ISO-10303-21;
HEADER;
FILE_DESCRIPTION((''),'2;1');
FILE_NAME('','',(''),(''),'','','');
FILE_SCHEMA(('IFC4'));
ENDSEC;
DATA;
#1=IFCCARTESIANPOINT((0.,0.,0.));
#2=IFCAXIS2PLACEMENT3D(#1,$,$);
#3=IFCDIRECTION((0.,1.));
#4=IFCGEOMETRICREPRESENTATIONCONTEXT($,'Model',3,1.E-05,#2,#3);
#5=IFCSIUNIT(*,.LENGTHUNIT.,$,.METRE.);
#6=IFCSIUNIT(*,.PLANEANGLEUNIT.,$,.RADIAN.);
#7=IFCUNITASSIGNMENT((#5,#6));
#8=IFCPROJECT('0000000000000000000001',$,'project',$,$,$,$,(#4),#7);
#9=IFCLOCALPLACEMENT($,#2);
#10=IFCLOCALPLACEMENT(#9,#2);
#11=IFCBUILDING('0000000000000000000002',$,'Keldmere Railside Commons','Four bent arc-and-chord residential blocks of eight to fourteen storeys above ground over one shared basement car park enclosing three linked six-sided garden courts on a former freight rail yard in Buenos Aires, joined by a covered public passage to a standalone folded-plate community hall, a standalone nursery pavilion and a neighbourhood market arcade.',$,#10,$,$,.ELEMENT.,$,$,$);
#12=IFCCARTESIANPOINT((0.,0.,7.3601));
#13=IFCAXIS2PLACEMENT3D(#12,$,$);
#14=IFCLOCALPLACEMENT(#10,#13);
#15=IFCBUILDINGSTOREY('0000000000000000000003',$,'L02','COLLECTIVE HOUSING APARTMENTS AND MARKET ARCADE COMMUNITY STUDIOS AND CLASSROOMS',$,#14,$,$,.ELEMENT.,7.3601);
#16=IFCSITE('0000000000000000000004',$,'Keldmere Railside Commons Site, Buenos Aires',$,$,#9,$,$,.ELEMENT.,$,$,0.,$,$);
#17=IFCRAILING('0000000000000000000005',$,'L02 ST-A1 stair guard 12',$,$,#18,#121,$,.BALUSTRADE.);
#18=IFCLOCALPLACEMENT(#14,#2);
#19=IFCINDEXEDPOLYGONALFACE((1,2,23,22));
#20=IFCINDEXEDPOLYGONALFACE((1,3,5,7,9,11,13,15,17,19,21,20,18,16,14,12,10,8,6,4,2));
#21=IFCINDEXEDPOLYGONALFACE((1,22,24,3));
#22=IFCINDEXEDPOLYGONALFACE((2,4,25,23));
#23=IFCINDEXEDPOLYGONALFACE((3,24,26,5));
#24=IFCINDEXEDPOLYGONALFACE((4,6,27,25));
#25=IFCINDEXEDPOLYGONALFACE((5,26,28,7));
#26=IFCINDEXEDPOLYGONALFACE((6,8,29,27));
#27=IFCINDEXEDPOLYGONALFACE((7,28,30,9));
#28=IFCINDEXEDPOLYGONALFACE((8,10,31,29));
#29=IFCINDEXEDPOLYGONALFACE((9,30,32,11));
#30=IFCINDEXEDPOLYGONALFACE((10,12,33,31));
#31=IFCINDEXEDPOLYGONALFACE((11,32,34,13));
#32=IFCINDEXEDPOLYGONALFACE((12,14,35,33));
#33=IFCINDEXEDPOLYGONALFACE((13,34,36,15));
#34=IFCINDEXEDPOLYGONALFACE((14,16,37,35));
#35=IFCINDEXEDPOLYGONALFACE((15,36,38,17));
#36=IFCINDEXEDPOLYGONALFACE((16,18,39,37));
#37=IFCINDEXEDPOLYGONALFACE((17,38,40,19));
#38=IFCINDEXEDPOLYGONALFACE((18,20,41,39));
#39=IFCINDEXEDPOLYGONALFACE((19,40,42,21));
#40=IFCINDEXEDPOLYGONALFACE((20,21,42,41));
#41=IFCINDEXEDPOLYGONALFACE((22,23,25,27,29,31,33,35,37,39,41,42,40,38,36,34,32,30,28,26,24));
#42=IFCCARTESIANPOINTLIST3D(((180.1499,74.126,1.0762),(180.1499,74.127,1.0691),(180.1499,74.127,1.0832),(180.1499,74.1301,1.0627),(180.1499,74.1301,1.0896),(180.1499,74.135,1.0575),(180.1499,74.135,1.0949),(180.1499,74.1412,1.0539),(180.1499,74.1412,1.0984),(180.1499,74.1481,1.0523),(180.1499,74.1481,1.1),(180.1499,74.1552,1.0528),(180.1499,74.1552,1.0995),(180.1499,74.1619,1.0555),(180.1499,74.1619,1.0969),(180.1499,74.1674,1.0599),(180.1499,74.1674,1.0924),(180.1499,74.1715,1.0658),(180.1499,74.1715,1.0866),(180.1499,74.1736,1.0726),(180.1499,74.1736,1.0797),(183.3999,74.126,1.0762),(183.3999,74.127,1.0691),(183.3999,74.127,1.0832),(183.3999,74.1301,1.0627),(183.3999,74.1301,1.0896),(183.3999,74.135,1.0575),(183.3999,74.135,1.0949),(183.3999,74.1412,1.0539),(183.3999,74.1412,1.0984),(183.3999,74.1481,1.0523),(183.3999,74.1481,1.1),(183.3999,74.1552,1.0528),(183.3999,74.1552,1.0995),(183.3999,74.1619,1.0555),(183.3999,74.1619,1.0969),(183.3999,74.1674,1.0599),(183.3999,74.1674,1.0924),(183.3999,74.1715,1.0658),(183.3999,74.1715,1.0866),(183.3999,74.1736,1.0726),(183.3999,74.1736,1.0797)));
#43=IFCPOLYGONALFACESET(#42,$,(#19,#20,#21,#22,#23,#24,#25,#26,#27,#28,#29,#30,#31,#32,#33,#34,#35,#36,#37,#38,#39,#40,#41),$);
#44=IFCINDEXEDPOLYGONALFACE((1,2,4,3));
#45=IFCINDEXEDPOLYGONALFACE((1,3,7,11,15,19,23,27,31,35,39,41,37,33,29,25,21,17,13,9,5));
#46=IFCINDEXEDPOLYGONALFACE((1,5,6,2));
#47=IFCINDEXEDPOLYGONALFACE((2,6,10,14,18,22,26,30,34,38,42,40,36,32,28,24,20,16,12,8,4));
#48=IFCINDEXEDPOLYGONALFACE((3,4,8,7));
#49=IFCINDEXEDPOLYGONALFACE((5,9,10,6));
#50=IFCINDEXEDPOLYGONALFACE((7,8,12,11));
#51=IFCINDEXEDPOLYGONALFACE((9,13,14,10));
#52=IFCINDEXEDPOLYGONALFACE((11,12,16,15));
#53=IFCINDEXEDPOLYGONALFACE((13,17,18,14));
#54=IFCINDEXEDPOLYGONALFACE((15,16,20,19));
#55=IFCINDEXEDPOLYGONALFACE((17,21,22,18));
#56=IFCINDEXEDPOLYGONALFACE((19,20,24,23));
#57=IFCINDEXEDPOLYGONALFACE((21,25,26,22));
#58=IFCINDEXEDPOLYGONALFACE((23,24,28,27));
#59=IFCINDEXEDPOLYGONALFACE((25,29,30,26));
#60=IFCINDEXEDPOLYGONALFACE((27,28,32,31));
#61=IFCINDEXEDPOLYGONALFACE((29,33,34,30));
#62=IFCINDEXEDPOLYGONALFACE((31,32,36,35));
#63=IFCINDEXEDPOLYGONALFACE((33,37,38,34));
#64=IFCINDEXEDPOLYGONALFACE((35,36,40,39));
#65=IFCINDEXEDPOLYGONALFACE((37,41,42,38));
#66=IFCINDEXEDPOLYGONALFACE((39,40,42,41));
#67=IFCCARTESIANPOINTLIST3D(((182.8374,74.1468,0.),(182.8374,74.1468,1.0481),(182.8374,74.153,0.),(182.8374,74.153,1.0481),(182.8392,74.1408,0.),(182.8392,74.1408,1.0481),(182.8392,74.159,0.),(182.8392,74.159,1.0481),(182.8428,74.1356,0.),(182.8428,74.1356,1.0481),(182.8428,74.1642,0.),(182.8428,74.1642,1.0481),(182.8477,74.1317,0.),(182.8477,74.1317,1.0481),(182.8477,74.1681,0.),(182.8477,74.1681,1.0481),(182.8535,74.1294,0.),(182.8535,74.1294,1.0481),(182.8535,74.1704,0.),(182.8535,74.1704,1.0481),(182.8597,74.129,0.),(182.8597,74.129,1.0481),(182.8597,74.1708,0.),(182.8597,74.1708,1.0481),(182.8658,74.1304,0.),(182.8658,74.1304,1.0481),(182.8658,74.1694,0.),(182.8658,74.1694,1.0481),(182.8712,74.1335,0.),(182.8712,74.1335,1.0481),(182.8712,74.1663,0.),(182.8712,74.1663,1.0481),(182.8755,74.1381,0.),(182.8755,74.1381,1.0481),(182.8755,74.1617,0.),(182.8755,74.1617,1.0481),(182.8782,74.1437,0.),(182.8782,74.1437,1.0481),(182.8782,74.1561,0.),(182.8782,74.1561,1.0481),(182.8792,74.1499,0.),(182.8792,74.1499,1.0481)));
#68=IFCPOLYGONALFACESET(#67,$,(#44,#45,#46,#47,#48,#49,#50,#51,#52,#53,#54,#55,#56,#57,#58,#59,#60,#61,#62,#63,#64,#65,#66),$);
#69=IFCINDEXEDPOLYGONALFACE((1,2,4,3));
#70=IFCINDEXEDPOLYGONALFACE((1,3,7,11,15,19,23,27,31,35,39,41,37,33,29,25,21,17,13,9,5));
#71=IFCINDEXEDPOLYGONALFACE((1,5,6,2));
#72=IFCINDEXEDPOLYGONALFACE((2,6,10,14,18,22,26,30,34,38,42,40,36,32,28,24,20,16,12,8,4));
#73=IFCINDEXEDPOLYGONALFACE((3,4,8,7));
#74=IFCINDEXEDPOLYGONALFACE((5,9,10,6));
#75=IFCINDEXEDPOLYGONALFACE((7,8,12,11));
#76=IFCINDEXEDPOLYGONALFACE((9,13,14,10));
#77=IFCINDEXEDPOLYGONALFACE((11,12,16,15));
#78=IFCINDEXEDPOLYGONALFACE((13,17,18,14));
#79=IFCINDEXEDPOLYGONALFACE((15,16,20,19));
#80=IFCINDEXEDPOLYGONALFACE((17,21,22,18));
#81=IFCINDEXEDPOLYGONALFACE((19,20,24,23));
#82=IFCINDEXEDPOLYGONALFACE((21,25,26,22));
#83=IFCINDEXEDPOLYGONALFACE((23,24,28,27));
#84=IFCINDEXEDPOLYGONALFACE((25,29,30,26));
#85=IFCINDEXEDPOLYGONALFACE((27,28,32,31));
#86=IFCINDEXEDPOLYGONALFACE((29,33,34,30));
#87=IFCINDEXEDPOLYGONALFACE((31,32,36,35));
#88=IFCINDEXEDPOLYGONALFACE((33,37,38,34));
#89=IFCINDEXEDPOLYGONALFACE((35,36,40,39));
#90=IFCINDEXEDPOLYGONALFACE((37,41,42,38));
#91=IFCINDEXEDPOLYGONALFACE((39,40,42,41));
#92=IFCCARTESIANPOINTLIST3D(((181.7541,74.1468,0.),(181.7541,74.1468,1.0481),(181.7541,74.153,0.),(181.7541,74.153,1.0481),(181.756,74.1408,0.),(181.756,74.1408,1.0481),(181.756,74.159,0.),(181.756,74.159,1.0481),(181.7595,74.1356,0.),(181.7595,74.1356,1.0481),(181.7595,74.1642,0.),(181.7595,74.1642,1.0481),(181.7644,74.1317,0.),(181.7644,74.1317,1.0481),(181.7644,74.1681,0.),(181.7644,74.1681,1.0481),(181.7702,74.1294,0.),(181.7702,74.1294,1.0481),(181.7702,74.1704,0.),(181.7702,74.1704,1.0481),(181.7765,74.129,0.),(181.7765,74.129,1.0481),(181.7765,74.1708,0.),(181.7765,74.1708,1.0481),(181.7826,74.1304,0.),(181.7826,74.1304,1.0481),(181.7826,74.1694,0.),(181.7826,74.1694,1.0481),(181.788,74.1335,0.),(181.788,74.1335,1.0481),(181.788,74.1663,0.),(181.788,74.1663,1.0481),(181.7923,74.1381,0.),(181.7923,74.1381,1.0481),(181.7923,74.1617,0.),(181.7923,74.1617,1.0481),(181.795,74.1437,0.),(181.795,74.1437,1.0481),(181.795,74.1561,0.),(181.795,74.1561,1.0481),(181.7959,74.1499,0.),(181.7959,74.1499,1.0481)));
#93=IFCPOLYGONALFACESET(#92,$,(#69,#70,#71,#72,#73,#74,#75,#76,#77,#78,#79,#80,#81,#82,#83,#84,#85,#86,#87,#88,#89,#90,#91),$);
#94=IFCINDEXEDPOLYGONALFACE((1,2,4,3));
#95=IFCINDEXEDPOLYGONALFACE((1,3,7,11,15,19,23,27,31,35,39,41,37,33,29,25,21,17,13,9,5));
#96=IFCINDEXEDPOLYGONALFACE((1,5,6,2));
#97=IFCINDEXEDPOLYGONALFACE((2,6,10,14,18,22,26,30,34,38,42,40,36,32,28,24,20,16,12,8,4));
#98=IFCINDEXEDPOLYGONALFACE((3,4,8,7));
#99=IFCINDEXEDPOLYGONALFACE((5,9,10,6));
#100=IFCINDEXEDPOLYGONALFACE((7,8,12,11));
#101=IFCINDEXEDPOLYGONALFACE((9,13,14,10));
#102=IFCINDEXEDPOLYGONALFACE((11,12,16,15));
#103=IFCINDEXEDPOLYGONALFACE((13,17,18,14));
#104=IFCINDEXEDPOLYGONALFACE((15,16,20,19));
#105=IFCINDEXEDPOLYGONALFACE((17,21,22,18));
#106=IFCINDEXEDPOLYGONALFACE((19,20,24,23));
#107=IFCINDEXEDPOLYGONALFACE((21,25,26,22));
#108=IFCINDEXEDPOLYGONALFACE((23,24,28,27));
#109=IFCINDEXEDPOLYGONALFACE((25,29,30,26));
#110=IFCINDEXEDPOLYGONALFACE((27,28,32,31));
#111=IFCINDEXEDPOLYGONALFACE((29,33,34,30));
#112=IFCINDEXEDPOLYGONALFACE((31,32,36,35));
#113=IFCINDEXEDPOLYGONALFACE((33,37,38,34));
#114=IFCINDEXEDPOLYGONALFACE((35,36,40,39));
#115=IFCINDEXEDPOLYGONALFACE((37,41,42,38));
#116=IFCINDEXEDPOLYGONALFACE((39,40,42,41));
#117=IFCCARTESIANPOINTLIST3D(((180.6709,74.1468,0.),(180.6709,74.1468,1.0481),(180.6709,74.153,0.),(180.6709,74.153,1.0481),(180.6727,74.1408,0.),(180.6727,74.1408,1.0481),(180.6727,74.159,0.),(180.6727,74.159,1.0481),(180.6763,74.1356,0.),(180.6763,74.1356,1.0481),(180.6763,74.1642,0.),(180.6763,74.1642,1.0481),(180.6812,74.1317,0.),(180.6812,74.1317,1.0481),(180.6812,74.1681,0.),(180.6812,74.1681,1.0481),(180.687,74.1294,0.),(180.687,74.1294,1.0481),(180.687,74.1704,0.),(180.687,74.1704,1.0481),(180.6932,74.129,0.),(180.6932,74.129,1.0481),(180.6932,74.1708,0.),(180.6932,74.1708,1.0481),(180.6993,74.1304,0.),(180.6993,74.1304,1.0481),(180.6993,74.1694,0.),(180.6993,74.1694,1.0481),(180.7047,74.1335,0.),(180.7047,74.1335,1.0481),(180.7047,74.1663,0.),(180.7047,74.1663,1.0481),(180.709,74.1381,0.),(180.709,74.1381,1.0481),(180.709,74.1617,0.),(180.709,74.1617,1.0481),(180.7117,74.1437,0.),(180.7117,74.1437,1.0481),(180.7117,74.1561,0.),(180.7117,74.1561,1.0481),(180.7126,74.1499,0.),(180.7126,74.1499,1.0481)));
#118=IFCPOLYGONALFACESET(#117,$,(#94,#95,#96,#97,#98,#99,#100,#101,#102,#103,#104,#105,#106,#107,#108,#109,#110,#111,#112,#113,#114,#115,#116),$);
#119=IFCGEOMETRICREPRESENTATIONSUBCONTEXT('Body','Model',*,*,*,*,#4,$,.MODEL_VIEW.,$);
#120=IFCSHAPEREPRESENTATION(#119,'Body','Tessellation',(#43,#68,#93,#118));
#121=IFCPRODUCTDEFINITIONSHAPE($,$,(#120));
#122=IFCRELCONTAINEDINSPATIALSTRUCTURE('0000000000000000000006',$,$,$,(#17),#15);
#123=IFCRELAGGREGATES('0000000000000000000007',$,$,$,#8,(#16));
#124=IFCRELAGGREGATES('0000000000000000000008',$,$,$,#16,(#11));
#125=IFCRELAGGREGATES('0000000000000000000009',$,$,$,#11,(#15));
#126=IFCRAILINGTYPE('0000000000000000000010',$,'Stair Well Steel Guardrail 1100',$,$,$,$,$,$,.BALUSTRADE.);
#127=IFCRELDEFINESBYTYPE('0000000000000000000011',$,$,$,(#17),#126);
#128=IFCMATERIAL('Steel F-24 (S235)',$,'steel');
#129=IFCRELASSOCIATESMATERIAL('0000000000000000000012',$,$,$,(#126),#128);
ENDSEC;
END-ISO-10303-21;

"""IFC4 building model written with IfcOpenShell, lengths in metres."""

from ifc_helpers import new_model, si_unit, direction, frame, origin, origin_2d, place, context, subcontext, project, spatial, circle, extrude, material, type_object, element, save


model = new_model("IFC4")

# Units and contexts
model_context = context("Model", 3, precision=1e-05, world=origin(), true_north=direction((0.0, 1.0)))
body_context = subcontext(model_context, "Body", "Model", "MODEL_VIEW")
ifc_project = project(units=[si_unit("LENGTHUNIT", "METRE"), si_unit("PLANEANGLEUNIT", "RADIAN")], contexts=[model_context])

# Site, building, storey
site_placement = place(None, origin())
site = spatial("IfcSite", under=ifc_project, at=site_placement, Name="Keldmere Railside Commons Site, Buenos Aires", CompositionType="ELEMENT", RefElevation=0.0)
building_placement = place(site_placement, origin())
building = spatial("IfcBuilding", under=site, at=building_placement, Name="Keldmere Railside Commons", Description="Four bent arc-and-chord residential blocks of eight to fourteen storeys above ground over one shared basement car park enclosing three linked six-sided garden courts on a former freight rail yard in Buenos Aires, joined by a covered public passage to a standalone folded-plate community hall, a standalone nursery pavilion and a neighbourhood market arcade.", CompositionType="ELEMENT")
storey_placement = place(building_placement, frame((0.0, 0.0, 7.3601)))
storey = spatial("IfcBuildingStorey", under=building, at=storey_placement, Name="L02", Description="COLLECTIVE HOUSING APARTMENTS AND MARKET ARCADE COMMUNITY STUDIOS AND CLASSROOMS", CompositionType="ELEMENT", Elevation=7.3601)

# Shared definitions
ifc_material_1 = material(Name="Steel F-24 (S235)", Category="steel")

# Railing
railing_type_1 = type_object("IfcRailingType", Name="Stair Well Steel Guardrail 1100", PredefinedType="BALUSTRADE", material=ifc_material_1)
railing_1_placement = place(storey_placement, frame((183.3999, 74.1499, 0.0)))
element("IfcRailing", 1, at=railing_1_placement, inside=storey, type_object=railing_type_1, Name="L02 ST-A1 stair guard 12", PredefinedType="BALUSTRADE", context=body_context, shape_type="SweptSolid", body=[
    extrude(circle(Radius=0.0239, at=origin_2d()), frame((0.0, 0.0, 1.0762), z_axis=(-1.0, 0.0, 0.0), x_axis=(0.0, -1.0, 0.0)), (0.0, 0.0, 1.0), 3.25),
    extrude(circle(Radius=0.021, at=origin_2d()), frame((-0.5417, 0.0, 0.0)), (0.0, 0.0, 1.0), 1.0481),
    extrude(circle(Radius=0.021, at=origin_2d()), frame((-1.625, 0.0, 0.0)), (0.0, 0.0, 1.0), 1.0481),
    extrude(circle(Radius=0.021, at=origin_2d()), frame((-2.7083, 0.0, 0.0)), (0.0, 0.0, 1.0), 1.0481),
])

save(model, "model.ifc")
